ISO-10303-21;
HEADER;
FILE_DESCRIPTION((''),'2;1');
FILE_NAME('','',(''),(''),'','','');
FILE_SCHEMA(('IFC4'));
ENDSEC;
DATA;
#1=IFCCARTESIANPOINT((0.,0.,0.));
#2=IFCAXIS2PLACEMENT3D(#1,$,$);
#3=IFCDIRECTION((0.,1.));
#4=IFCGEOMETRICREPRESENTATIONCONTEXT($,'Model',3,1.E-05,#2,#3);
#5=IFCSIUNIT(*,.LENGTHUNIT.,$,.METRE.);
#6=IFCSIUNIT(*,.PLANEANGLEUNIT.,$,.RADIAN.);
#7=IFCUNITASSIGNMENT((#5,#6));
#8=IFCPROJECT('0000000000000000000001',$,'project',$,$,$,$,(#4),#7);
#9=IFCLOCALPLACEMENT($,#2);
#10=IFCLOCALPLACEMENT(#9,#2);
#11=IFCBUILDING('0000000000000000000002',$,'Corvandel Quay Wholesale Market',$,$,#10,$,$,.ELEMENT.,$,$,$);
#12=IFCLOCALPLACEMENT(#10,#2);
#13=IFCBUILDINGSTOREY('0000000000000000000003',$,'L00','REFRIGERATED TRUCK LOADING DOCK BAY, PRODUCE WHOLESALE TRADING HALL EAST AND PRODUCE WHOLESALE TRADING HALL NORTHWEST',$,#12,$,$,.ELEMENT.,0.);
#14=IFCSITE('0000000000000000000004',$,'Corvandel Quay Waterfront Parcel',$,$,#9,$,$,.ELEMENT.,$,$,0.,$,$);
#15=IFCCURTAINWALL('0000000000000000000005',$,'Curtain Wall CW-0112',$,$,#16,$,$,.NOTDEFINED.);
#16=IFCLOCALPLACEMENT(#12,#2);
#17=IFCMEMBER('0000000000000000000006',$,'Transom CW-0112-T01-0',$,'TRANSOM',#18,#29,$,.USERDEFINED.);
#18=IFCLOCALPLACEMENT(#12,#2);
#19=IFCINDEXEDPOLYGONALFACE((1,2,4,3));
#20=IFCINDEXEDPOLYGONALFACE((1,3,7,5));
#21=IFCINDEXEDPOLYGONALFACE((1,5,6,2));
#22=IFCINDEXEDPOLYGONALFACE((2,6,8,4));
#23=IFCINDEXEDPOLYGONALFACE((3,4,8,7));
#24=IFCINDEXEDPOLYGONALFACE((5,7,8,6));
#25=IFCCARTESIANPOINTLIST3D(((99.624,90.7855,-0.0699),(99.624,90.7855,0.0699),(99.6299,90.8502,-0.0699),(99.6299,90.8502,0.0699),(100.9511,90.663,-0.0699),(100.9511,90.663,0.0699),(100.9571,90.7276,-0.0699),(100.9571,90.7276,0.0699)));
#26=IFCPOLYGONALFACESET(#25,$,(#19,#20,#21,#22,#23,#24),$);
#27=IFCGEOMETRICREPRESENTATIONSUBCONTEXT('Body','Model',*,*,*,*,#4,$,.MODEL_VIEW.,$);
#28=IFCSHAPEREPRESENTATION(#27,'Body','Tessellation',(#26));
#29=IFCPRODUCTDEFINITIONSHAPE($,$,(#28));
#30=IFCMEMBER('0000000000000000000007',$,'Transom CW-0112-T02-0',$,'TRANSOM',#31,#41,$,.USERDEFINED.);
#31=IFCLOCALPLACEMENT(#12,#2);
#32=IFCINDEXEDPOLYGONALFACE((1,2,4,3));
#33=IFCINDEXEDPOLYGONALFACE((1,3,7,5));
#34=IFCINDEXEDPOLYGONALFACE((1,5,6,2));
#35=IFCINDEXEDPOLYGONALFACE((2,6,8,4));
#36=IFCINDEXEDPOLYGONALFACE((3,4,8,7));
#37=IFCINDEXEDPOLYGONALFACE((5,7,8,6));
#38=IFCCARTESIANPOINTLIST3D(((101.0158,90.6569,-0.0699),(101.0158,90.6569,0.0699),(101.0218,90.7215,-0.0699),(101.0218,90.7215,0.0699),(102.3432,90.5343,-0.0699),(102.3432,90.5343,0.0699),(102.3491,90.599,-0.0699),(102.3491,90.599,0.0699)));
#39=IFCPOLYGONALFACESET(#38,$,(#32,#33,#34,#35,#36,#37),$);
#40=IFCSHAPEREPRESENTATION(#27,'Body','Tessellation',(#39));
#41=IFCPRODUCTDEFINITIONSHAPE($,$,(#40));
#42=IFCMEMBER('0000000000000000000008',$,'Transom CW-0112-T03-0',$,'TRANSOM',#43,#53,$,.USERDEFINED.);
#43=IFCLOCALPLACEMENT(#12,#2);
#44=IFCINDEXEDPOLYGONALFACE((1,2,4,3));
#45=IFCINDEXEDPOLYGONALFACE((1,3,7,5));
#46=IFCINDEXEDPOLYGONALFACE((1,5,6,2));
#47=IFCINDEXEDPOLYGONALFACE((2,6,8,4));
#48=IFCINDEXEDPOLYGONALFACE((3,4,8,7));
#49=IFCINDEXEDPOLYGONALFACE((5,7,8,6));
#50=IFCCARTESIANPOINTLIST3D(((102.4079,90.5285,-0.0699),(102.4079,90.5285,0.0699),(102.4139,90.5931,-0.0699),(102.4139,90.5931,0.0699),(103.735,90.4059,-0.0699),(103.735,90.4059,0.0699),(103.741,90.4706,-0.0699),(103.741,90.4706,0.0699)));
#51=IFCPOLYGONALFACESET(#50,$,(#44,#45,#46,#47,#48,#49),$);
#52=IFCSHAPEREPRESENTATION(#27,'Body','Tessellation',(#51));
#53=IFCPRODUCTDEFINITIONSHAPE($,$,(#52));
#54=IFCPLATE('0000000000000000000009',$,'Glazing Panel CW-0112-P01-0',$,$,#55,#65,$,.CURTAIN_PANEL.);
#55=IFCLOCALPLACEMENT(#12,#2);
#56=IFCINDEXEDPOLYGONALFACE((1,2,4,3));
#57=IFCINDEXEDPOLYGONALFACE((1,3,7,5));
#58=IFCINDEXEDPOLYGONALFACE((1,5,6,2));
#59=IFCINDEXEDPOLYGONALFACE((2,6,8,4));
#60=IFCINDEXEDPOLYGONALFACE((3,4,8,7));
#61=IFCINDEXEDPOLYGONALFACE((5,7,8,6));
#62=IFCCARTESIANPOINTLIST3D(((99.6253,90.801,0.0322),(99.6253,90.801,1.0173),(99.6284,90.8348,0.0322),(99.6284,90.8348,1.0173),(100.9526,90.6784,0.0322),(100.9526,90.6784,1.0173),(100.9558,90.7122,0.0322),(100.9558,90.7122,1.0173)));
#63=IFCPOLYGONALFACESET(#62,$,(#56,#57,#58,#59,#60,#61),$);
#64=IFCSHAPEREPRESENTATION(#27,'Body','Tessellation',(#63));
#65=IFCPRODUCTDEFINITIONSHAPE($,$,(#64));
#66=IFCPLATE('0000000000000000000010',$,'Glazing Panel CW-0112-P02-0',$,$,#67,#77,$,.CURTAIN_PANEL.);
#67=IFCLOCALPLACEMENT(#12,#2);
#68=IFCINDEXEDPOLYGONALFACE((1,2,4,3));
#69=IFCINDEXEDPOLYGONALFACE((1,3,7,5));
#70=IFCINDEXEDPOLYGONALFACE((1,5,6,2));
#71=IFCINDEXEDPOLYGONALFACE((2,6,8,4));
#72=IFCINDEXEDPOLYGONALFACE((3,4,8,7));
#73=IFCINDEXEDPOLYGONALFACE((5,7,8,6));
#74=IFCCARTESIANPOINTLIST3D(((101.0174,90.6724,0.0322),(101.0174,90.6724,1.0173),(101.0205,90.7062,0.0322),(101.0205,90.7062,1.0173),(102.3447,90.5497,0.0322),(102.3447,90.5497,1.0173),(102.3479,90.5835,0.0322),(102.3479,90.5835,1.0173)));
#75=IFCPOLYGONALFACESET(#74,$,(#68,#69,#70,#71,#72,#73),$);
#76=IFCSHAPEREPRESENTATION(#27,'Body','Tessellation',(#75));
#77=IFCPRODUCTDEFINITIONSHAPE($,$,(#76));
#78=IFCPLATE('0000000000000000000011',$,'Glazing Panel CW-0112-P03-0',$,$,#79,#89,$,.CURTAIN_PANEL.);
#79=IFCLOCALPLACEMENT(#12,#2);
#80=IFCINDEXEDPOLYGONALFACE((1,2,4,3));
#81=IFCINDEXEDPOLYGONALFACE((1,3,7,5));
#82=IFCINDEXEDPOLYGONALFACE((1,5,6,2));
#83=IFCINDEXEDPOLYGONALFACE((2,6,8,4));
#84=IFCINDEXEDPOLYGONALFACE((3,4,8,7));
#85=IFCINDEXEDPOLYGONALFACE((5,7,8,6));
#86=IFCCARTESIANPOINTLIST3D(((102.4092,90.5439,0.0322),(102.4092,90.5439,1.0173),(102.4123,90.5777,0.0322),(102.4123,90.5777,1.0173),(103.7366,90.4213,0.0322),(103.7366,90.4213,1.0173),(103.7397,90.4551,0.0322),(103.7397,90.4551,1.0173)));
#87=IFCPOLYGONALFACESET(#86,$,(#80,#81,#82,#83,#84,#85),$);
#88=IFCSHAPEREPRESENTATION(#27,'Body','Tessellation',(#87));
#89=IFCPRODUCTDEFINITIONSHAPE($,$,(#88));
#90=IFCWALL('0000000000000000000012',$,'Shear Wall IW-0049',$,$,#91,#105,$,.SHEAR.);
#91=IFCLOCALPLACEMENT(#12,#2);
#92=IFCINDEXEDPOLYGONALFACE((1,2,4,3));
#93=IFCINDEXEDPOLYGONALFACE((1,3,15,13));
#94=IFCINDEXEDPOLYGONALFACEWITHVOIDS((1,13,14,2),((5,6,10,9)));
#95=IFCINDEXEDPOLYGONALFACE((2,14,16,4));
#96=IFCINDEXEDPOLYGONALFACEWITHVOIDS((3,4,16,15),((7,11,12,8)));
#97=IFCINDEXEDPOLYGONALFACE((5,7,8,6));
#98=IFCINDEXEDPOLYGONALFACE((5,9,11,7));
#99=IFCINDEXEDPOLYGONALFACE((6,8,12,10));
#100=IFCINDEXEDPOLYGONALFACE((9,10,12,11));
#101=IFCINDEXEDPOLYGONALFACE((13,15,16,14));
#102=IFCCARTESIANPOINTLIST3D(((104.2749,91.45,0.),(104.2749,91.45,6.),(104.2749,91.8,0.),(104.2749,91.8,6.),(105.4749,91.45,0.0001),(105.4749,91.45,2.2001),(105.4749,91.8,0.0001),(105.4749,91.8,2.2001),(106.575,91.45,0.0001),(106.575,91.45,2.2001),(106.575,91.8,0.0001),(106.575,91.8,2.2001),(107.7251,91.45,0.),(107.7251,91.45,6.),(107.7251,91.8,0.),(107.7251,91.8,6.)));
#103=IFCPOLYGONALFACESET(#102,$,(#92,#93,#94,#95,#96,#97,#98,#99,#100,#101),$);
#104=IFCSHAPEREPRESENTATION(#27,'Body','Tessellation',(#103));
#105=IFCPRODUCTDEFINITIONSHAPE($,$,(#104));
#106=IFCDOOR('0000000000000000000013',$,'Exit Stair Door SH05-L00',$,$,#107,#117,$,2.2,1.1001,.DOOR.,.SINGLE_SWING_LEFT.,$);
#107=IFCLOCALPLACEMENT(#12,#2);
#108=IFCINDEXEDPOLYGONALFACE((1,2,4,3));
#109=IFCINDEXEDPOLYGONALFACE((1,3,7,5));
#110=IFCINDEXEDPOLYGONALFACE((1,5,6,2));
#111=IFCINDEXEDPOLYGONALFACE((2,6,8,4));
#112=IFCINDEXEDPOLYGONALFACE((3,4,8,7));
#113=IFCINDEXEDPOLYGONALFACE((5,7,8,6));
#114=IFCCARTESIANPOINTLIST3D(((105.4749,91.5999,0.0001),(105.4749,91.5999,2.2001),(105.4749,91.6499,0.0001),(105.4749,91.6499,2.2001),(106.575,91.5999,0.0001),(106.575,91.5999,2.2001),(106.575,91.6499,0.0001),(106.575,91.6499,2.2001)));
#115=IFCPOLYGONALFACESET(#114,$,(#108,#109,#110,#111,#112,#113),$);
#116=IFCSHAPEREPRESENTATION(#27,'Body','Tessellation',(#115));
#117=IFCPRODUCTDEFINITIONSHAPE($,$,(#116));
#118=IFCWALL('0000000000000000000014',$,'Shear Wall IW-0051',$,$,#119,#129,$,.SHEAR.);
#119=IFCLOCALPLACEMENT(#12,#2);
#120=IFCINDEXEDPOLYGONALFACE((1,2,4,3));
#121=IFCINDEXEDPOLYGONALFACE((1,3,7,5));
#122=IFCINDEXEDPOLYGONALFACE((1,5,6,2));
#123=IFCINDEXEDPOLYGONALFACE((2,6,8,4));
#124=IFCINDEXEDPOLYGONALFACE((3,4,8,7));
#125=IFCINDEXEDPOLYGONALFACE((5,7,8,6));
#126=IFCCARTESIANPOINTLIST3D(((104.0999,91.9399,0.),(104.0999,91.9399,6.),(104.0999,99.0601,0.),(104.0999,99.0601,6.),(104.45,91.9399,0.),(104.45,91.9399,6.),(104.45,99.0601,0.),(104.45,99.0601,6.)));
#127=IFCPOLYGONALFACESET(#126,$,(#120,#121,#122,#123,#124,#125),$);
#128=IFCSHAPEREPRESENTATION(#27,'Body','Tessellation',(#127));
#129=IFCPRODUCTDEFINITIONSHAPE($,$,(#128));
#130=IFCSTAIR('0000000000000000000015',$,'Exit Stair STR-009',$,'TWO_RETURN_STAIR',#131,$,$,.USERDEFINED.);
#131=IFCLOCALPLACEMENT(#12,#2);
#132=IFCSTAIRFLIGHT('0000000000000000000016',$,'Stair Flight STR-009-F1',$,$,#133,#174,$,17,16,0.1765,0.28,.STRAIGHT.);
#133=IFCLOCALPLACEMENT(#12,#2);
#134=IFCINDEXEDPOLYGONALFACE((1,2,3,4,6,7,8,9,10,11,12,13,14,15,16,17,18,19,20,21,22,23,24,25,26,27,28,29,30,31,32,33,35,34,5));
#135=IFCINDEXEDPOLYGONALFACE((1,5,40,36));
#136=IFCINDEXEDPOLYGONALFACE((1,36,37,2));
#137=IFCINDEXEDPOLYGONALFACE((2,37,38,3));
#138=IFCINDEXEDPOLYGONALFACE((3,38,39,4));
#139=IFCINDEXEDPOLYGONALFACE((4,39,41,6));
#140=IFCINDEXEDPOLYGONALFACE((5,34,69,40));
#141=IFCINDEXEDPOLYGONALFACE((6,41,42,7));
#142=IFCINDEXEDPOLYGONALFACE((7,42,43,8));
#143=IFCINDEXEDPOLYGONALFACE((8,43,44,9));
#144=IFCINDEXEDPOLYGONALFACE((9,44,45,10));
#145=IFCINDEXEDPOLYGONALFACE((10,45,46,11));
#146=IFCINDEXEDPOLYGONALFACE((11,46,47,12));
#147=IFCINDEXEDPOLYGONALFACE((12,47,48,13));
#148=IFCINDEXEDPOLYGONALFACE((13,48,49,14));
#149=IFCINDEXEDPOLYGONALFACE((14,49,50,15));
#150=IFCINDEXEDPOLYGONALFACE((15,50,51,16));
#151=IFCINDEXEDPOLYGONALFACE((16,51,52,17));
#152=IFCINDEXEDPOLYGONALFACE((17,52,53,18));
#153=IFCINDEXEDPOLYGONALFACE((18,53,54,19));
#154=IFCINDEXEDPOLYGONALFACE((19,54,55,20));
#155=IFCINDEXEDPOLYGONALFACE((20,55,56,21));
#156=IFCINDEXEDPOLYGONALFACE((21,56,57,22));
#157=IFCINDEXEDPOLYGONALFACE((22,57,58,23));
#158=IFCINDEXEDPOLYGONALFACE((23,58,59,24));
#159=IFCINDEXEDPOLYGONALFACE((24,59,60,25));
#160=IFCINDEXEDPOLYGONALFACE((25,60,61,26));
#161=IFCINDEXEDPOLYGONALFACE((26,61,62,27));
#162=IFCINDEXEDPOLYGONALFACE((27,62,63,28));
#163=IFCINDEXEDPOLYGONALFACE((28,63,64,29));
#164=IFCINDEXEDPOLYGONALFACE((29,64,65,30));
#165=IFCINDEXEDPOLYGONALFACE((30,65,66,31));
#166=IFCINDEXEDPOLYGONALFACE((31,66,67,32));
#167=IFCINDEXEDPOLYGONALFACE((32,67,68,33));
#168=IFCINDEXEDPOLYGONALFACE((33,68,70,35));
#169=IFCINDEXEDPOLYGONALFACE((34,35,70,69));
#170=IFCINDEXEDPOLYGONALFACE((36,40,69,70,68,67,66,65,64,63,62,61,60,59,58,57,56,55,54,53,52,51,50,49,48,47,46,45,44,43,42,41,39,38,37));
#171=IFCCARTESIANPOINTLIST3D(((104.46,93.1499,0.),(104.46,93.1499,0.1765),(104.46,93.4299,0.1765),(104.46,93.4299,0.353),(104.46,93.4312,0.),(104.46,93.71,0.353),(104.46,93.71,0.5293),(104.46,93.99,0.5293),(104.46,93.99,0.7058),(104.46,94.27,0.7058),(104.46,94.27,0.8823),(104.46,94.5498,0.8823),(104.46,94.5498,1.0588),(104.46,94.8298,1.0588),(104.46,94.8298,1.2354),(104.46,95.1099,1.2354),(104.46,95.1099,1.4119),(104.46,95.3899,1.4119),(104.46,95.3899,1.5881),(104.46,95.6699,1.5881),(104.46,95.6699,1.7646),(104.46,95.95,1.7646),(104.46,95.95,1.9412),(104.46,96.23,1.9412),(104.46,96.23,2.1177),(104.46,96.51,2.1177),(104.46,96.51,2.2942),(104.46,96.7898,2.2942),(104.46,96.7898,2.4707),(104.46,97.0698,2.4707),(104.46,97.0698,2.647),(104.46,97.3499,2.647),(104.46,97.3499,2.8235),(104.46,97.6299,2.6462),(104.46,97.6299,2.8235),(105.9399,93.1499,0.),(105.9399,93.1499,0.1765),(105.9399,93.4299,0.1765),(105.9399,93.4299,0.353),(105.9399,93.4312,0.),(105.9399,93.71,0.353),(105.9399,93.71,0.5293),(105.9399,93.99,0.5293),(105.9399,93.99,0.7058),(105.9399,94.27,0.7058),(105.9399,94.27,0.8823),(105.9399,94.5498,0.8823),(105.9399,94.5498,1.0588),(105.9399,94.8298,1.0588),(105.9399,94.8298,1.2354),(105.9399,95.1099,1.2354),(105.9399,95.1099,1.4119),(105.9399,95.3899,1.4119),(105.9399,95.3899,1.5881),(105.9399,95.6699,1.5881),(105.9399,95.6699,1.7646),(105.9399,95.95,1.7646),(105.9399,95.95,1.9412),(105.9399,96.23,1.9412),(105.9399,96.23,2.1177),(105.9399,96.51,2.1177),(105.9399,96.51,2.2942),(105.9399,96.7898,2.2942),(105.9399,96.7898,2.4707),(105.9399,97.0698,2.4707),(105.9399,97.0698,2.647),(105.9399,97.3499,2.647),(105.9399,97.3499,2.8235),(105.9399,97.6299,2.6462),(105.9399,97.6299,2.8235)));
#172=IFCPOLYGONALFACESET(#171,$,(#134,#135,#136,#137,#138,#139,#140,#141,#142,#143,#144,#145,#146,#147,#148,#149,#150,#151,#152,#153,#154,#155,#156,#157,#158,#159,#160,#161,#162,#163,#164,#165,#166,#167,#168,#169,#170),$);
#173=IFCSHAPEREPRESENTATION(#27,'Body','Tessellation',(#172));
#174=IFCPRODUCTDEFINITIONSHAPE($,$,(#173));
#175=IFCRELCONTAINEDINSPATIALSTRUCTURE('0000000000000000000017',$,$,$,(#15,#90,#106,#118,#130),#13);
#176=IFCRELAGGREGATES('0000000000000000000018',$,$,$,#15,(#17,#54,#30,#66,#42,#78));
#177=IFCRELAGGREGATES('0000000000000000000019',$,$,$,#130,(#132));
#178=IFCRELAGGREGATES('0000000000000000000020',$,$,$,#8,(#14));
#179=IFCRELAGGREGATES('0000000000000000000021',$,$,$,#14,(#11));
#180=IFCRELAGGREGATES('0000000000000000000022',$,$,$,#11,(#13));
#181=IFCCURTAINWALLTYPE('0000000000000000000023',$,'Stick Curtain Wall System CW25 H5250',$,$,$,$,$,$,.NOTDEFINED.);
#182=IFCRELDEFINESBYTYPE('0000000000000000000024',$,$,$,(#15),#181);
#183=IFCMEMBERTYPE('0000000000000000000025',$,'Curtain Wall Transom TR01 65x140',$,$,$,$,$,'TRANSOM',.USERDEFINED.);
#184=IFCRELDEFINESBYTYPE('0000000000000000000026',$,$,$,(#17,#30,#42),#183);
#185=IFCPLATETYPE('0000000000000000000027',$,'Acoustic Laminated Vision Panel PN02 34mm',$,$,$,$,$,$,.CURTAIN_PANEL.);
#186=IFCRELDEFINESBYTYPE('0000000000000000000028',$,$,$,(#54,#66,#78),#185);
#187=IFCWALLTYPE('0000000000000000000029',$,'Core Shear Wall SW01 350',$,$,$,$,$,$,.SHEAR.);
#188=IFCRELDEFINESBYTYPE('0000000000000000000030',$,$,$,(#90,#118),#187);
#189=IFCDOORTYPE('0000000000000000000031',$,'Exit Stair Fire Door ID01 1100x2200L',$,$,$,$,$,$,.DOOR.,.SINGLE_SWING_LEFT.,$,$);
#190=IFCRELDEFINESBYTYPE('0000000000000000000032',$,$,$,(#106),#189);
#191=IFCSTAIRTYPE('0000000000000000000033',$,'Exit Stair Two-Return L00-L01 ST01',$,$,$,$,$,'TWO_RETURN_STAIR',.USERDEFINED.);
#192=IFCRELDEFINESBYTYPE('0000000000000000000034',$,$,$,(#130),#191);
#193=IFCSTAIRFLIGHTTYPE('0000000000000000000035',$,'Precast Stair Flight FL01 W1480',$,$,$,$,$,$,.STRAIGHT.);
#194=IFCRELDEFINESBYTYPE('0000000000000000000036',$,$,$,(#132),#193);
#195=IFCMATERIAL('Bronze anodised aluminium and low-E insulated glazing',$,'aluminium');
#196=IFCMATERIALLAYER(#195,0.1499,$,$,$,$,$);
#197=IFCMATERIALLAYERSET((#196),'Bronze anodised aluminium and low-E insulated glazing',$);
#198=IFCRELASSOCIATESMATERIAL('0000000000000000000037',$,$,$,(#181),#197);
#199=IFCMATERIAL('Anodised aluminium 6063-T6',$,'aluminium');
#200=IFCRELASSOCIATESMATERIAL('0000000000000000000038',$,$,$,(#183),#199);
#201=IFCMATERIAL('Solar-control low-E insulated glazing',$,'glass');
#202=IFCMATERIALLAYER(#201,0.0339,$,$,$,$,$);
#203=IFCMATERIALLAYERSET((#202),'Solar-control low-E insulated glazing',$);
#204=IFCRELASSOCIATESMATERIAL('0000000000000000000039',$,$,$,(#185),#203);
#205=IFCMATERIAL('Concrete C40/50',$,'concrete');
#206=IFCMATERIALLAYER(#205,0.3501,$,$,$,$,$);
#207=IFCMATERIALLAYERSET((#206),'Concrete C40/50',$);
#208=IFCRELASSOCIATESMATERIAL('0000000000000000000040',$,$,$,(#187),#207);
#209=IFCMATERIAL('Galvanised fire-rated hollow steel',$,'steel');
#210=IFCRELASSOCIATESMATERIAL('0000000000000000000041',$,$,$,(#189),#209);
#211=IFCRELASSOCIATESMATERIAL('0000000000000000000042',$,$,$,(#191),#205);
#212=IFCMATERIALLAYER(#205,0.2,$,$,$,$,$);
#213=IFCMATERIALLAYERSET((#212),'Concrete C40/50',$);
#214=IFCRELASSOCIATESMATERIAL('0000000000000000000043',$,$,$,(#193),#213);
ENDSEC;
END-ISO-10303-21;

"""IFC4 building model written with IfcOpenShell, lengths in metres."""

from ifc_helpers import new_model, si_unit, direction, frame, frame_2d, origin, origin_2d, place, context, subcontext, project, spatial, polyline, rectangle, outline, extrude, material, layer, layer_set, material_profile, profile_set, type_object, element, fill, aggregate, save


model = new_model("IFC4")

# Units and contexts
model_context = context("Model", 3, precision=1e-05, world=origin(), true_north=direction((0.0, 1.0)))
body_context = subcontext(model_context, "Body", "Model", "MODEL_VIEW")
ifc_project = project(units=[si_unit("LENGTHUNIT", "METRE"), si_unit("PLANEANGLEUNIT", "RADIAN")], contexts=[model_context])

# Site, building, storey
site_placement = place(None, origin())
site = spatial("IfcSite", under=ifc_project, at=site_placement, Name="Corvandel Quay Waterfront Parcel", CompositionType="ELEMENT", RefElevation=0.0)
building_placement = place(site_placement, origin())
building = spatial("IfcBuilding", under=site, at=building_placement, Name="Corvandel Quay Wholesale Market", CompositionType="ELEMENT")
storey_placement = place(building_placement, origin())
storey = spatial("IfcBuildingStorey", under=building, at=storey_placement, Name="L00", Description="REFRIGERATED TRUCK LOADING DOCK BAY, PRODUCE WHOLESALE TRADING HALL EAST AND PRODUCE WHOLESALE TRADING HALL NORTHWEST", CompositionType="ELEMENT", Elevation=0.0)

# Shared definitions
ifc_material_1 = material(Name="Concrete C40/50", Category="concrete")

# Curtain wall, members, plates
ifc_material_2 = material(Name="Bronze anodised aluminium and low-E insulated glazing", Category="aluminium")
ifc_layer_1 = layer(ifc_material_2, 0.1499)
ifc_layer_set_1 = layer_set([ifc_layer_1], Name="Bronze anodised aluminium and low-E insulated glazing")
curtain_wall_type = type_object("IfcCurtainWallType", Name="Stick Curtain Wall System CW25 H5250", PredefinedType="NOTDEFINED", material=ifc_layer_set_1)
curtain_wall_placement = place(storey_placement, origin())
curtain_wall = element("IfcCurtainWall", 1, at=curtain_wall_placement, inside=storey, type_object=curtain_wall_type, Name="Curtain Wall CW-0112", PredefinedType="NOTDEFINED")
ifc_material_3 = material(Name="Anodised aluminium 6063-T6", Category="aluminium")
ifc_material_profile_1 = material_profile(ifc_material_3, rectangle(XDim=0.0649, YDim=0.1399, at=origin_2d()), Name="ALU-TRN-65x140")
ifc_profile_set_1 = profile_set([ifc_material_profile_1], Name="Anodised aluminium 6063-T6")
member_type_1 = type_object("IfcMemberType", Name="Curtain Wall Transom TR01 65x140", ElementType="TRANSOM", PredefinedType="USERDEFINED", material=ifc_profile_set_1)
member_1_placement = place(storey_placement, frame((99.627, 90.8179, 0.0), z_axis=(0.995763, -0.091956, 0.0), x_axis=(0.091956, 0.995763, 0.0)))
member_1 = element("IfcMember", 2, at=member_1_placement, type_object=member_type_1, Name="Transom CW-0112-T01-0", ObjectType="TRANSOM", PredefinedType="USERDEFINED", context=body_context, shape_type="SweptSolid", body=[
    extrude(rectangle(XDim=0.0649, YDim=0.1399, at=origin_2d()), origin(), (0.0, 0.0, 1.0), 1.3328),
])
member_2_placement = place(storey_placement, frame((101.0188, 90.6892, 0.0), z_axis=(0.995765, -0.091939, 0.0), x_axis=(0.091939, 0.995765, 0.0)))
member_2 = element("IfcMember", 3, at=member_2_placement, type_object=member_type_1, Name="Transom CW-0112-T02-0", ObjectType="TRANSOM", PredefinedType="USERDEFINED", context=body_context, shape_type="SweptSolid", body=[
    extrude(rectangle(XDim=0.0649, YDim=0.1399, at=origin_2d()), origin(), (0.0, 0.0, 1.0), 1.333),
])
member_3_placement = place(storey_placement, frame((102.4109, 90.5608, 0.0), z_axis=(0.995763, -0.091956, 0.0), x_axis=(0.091956, 0.995763, 0.0)))
member_3 = element("IfcMember", 4, at=member_3_placement, type_object=member_type_1, Name="Transom CW-0112-T03-0", ObjectType="TRANSOM", PredefinedType="USERDEFINED", context=body_context, shape_type="SweptSolid", body=[
    extrude(rectangle(XDim=0.0649, YDim=0.1399, at=origin_2d()), origin(), (0.0, 0.0, 1.0), 1.3328),
])
ifc_material_4 = material(Name="Solar-control low-E insulated glazing", Category="glass")
ifc_layer_2 = layer(ifc_material_4, 0.0339)
ifc_layer_set_2 = layer_set([ifc_layer_2], Name="Solar-control low-E insulated glazing")
plate_type = type_object("IfcPlateType", Name="Acoustic Laminated Vision Panel PN02 34mm", PredefinedType="CURTAIN_PANEL", material=ifc_layer_set_2)
plate_1_placement = place(storey_placement, frame((100.2905, 90.7566, 0.0322), z_axis=(0.0, 0.0, 1.0), x_axis=(-0.995757, 0.092023, 0.0)))
plate_1 = element("IfcPlate", 5, at=plate_1_placement, type_object=plate_type, Name="Glazing Panel CW-0112-P01-0", PredefinedType="CURTAIN_PANEL", context=body_context, shape_type="SweptSolid", body=[
    extrude(rectangle(XDim=1.333, YDim=0.0339, at=origin_2d()), origin(), (0.0, 0.0, 1.0), 0.9851),
])
plate_2_placement = place(storey_placement, frame((101.6826, 90.6279, 0.0322), z_axis=(0.0, 0.0, 1.0), x_axis=(-0.995757, 0.092023, 0.0)))
plate_2 = element("IfcPlate", 6, at=plate_2_placement, type_object=plate_type, Name="Glazing Panel CW-0112-P02-0", PredefinedType="CURTAIN_PANEL", context=body_context, shape_type="SweptSolid", body=[
    extrude(rectangle(XDim=1.333, YDim=0.0339, at=origin_2d()), origin(), (0.0, 0.0, 1.0), 0.9851),
])
plate_3_placement = place(storey_placement, frame((103.0745, 90.4995, 0.0322), z_axis=(0.0, 0.0, 1.0), x_axis=(-0.995757, 0.092023, 0.0)))
plate_3 = element("IfcPlate", 7, at=plate_3_placement, type_object=plate_type, Name="Glazing Panel CW-0112-P03-0", PredefinedType="CURTAIN_PANEL", context=body_context, shape_type="SweptSolid", body=[
    extrude(rectangle(XDim=1.333, YDim=0.0339, at=origin_2d()), origin(), (0.0, 0.0, 1.0), 0.9851),
])
aggregate(curtain_wall, [member_1, plate_1, member_2, plate_2, member_3, plate_3])

# Wall, opening, door
ifc_layer_3 = layer(ifc_material_1, 0.3501)
ifc_layer_set_3 = layer_set([ifc_layer_3], Name="Concrete C40/50")
wall_type = type_object("IfcWallType", Name="Core Shear Wall SW01 350", PredefinedType="SHEAR", material=ifc_layer_set_3)
wall_1_placement = place(storey_placement, frame((104.2749, 91.625, 0.0), z_axis=(0.0, 0.0, 1.0), x_axis=(1.0, 0.0, 0.0)))
wall_1 = element("IfcWall", 8, at=wall_1_placement, inside=storey, type_object=wall_type, Name="Shear Wall IW-0049", PredefinedType="SHEAR", context=body_context, shape_type="SweptSolid", body=[
    extrude(rectangle(XDim=3.4502, YDim=0.3501, at=frame_2d((1.7251, 0.0))), origin(), (0.0, 0.0, 1.0), 6.0),
])
opening_placement = place(wall_1_placement, frame((1.2, 0.0, 0.0)))
opening = element("IfcOpeningElement", 9, at=opening_placement, cuts=wall_1, PredefinedType="OPENING", context=body_context, shape_type="SweptSolid", body=[
    extrude(rectangle(XDim=1.1001, YDim=2.2, at=frame_2d((0.55, 1.1001))), frame((0.0, 0.1851, 0.0), z_axis=(0.0, -1.0, 0.0), x_axis=(1.0, 0.0, 0.0)), (0.0, 0.0, 1.0), 0.3701),
])
ifc_material_5 = material(Name="Galvanised fire-rated hollow steel", Category="steel")
door_type = type_object("IfcDoorType", Name="Exit Stair Fire Door ID01 1100x2200L", OperationType="SINGLE_SWING_LEFT", PredefinedType="DOOR", material=ifc_material_5)
door_placement = place(opening_placement, origin())
door = element("IfcDoor", 10, at=door_placement, inside=storey, type_object=door_type, Name="Exit Stair Door SH05-L00", OperationType="SINGLE_SWING_LEFT", OverallHeight=2.2, OverallWidth=1.1001, PredefinedType="DOOR", context=body_context, shape_type="SweptSolid", body=[
    extrude(rectangle(XDim=1.1001, YDim=2.2, at=frame_2d((0.55, 1.1001))), frame((0.0, 0.0249, 0.0), z_axis=(0.0, -1.0, 0.0), x_axis=(1.0, 0.0, 0.0)), (0.0, 0.0, 1.0), 0.05),
])
fill(opening, door)

# Wall
wall_2_placement = place(storey_placement, frame((104.2749, 91.9399, 0.0), z_axis=(0.0, 0.0, 1.0), x_axis=(0.0, 1.0, 0.0)))
element("IfcWall", 11, at=wall_2_placement, inside=storey, type_object=wall_type, Name="Shear Wall IW-0051", PredefinedType="SHEAR", context=body_context, shape_type="SweptSolid", body=[
    extrude(rectangle(XDim=7.1201, YDim=0.3501, at=frame_2d((3.5601, 0.0))), origin(), (0.0, 0.0, 1.0), 6.0),
])

# Stair, stair flight
stair_type = type_object("IfcStairType", Name="Exit Stair Two-Return L00-L01 ST01", ElementType="TWO_RETURN_STAIR", PredefinedType="USERDEFINED", material=ifc_material_1)
stair_placement = place(storey_placement, origin())
stair = element("IfcStair", 12, at=stair_placement, inside=storey, type_object=stair_type, Name="Exit Stair STR-009", ObjectType="TWO_RETURN_STAIR", PredefinedType="USERDEFINED")
ifc_layer_4 = layer(ifc_material_1, 0.2)
ifc_layer_set_4 = layer_set([ifc_layer_4], Name="Concrete C40/50")
stair_flight_type = type_object("IfcStairFlightType", Name="Precast Stair Flight FL01 W1480", PredefinedType="STRAIGHT", material=ifc_layer_set_4)
stair_flight_placement = place(storey_placement, frame((105.2, 93.1499, 0.0), z_axis=(0.0, 0.0, 1.0), x_axis=(0.0, 1.0, 0.0)))
stair_flight = element("IfcStairFlight", 13, at=stair_flight_placement, type_object=stair_flight_type, Name="Stair Flight STR-009-F1", NumberOfRisers=17, NumberOfTreads=16, PredefinedType="STRAIGHT", RiserHeight=0.1765, TreadLength=0.28, context=body_context, shape_type="SweptSolid", body=[
    extrude(outline(polyline([(0.0, 0.0), (0.0, 0.1765), (0.28, 0.1765), (0.28, 0.353), (0.5601, 0.353), (0.5601, 0.5293), (0.8401, 0.5293), (0.8401, 0.7058), (1.1201, 0.7058), (1.1201, 0.8823), (1.3999, 0.8823), (1.3999, 1.0588), (1.6799, 1.0588), (1.6799, 1.2354), (1.96, 1.2354), (1.96, 1.4119), (2.24, 1.4119), (2.24, 1.5881), (2.52, 1.5881), (2.52, 1.7646), (2.8, 1.7646), (2.8, 1.9412), (3.0801, 1.9412), (3.0801, 2.1177), (3.3601, 2.1177), (3.3601, 2.2942), (3.6399, 2.2942), (3.6399, 2.4707), (3.9199, 2.4707), (3.9199, 2.647), (4.2, 2.647), (4.2, 2.8235), (4.48, 2.8235), (4.48, 3.0), (4.48, 2.6462), (0.2812, 0.0), (0.0, 0.0)])), frame((0.0, 0.74, 0.0), z_axis=(0.0, -1.0, 0.0), x_axis=(1.0, 0.0, 0.0)), (0.0, 0.0, 1.0), 1.48),
])
aggregate(stair, [stair_flight])

save(model, "model.ifc")
